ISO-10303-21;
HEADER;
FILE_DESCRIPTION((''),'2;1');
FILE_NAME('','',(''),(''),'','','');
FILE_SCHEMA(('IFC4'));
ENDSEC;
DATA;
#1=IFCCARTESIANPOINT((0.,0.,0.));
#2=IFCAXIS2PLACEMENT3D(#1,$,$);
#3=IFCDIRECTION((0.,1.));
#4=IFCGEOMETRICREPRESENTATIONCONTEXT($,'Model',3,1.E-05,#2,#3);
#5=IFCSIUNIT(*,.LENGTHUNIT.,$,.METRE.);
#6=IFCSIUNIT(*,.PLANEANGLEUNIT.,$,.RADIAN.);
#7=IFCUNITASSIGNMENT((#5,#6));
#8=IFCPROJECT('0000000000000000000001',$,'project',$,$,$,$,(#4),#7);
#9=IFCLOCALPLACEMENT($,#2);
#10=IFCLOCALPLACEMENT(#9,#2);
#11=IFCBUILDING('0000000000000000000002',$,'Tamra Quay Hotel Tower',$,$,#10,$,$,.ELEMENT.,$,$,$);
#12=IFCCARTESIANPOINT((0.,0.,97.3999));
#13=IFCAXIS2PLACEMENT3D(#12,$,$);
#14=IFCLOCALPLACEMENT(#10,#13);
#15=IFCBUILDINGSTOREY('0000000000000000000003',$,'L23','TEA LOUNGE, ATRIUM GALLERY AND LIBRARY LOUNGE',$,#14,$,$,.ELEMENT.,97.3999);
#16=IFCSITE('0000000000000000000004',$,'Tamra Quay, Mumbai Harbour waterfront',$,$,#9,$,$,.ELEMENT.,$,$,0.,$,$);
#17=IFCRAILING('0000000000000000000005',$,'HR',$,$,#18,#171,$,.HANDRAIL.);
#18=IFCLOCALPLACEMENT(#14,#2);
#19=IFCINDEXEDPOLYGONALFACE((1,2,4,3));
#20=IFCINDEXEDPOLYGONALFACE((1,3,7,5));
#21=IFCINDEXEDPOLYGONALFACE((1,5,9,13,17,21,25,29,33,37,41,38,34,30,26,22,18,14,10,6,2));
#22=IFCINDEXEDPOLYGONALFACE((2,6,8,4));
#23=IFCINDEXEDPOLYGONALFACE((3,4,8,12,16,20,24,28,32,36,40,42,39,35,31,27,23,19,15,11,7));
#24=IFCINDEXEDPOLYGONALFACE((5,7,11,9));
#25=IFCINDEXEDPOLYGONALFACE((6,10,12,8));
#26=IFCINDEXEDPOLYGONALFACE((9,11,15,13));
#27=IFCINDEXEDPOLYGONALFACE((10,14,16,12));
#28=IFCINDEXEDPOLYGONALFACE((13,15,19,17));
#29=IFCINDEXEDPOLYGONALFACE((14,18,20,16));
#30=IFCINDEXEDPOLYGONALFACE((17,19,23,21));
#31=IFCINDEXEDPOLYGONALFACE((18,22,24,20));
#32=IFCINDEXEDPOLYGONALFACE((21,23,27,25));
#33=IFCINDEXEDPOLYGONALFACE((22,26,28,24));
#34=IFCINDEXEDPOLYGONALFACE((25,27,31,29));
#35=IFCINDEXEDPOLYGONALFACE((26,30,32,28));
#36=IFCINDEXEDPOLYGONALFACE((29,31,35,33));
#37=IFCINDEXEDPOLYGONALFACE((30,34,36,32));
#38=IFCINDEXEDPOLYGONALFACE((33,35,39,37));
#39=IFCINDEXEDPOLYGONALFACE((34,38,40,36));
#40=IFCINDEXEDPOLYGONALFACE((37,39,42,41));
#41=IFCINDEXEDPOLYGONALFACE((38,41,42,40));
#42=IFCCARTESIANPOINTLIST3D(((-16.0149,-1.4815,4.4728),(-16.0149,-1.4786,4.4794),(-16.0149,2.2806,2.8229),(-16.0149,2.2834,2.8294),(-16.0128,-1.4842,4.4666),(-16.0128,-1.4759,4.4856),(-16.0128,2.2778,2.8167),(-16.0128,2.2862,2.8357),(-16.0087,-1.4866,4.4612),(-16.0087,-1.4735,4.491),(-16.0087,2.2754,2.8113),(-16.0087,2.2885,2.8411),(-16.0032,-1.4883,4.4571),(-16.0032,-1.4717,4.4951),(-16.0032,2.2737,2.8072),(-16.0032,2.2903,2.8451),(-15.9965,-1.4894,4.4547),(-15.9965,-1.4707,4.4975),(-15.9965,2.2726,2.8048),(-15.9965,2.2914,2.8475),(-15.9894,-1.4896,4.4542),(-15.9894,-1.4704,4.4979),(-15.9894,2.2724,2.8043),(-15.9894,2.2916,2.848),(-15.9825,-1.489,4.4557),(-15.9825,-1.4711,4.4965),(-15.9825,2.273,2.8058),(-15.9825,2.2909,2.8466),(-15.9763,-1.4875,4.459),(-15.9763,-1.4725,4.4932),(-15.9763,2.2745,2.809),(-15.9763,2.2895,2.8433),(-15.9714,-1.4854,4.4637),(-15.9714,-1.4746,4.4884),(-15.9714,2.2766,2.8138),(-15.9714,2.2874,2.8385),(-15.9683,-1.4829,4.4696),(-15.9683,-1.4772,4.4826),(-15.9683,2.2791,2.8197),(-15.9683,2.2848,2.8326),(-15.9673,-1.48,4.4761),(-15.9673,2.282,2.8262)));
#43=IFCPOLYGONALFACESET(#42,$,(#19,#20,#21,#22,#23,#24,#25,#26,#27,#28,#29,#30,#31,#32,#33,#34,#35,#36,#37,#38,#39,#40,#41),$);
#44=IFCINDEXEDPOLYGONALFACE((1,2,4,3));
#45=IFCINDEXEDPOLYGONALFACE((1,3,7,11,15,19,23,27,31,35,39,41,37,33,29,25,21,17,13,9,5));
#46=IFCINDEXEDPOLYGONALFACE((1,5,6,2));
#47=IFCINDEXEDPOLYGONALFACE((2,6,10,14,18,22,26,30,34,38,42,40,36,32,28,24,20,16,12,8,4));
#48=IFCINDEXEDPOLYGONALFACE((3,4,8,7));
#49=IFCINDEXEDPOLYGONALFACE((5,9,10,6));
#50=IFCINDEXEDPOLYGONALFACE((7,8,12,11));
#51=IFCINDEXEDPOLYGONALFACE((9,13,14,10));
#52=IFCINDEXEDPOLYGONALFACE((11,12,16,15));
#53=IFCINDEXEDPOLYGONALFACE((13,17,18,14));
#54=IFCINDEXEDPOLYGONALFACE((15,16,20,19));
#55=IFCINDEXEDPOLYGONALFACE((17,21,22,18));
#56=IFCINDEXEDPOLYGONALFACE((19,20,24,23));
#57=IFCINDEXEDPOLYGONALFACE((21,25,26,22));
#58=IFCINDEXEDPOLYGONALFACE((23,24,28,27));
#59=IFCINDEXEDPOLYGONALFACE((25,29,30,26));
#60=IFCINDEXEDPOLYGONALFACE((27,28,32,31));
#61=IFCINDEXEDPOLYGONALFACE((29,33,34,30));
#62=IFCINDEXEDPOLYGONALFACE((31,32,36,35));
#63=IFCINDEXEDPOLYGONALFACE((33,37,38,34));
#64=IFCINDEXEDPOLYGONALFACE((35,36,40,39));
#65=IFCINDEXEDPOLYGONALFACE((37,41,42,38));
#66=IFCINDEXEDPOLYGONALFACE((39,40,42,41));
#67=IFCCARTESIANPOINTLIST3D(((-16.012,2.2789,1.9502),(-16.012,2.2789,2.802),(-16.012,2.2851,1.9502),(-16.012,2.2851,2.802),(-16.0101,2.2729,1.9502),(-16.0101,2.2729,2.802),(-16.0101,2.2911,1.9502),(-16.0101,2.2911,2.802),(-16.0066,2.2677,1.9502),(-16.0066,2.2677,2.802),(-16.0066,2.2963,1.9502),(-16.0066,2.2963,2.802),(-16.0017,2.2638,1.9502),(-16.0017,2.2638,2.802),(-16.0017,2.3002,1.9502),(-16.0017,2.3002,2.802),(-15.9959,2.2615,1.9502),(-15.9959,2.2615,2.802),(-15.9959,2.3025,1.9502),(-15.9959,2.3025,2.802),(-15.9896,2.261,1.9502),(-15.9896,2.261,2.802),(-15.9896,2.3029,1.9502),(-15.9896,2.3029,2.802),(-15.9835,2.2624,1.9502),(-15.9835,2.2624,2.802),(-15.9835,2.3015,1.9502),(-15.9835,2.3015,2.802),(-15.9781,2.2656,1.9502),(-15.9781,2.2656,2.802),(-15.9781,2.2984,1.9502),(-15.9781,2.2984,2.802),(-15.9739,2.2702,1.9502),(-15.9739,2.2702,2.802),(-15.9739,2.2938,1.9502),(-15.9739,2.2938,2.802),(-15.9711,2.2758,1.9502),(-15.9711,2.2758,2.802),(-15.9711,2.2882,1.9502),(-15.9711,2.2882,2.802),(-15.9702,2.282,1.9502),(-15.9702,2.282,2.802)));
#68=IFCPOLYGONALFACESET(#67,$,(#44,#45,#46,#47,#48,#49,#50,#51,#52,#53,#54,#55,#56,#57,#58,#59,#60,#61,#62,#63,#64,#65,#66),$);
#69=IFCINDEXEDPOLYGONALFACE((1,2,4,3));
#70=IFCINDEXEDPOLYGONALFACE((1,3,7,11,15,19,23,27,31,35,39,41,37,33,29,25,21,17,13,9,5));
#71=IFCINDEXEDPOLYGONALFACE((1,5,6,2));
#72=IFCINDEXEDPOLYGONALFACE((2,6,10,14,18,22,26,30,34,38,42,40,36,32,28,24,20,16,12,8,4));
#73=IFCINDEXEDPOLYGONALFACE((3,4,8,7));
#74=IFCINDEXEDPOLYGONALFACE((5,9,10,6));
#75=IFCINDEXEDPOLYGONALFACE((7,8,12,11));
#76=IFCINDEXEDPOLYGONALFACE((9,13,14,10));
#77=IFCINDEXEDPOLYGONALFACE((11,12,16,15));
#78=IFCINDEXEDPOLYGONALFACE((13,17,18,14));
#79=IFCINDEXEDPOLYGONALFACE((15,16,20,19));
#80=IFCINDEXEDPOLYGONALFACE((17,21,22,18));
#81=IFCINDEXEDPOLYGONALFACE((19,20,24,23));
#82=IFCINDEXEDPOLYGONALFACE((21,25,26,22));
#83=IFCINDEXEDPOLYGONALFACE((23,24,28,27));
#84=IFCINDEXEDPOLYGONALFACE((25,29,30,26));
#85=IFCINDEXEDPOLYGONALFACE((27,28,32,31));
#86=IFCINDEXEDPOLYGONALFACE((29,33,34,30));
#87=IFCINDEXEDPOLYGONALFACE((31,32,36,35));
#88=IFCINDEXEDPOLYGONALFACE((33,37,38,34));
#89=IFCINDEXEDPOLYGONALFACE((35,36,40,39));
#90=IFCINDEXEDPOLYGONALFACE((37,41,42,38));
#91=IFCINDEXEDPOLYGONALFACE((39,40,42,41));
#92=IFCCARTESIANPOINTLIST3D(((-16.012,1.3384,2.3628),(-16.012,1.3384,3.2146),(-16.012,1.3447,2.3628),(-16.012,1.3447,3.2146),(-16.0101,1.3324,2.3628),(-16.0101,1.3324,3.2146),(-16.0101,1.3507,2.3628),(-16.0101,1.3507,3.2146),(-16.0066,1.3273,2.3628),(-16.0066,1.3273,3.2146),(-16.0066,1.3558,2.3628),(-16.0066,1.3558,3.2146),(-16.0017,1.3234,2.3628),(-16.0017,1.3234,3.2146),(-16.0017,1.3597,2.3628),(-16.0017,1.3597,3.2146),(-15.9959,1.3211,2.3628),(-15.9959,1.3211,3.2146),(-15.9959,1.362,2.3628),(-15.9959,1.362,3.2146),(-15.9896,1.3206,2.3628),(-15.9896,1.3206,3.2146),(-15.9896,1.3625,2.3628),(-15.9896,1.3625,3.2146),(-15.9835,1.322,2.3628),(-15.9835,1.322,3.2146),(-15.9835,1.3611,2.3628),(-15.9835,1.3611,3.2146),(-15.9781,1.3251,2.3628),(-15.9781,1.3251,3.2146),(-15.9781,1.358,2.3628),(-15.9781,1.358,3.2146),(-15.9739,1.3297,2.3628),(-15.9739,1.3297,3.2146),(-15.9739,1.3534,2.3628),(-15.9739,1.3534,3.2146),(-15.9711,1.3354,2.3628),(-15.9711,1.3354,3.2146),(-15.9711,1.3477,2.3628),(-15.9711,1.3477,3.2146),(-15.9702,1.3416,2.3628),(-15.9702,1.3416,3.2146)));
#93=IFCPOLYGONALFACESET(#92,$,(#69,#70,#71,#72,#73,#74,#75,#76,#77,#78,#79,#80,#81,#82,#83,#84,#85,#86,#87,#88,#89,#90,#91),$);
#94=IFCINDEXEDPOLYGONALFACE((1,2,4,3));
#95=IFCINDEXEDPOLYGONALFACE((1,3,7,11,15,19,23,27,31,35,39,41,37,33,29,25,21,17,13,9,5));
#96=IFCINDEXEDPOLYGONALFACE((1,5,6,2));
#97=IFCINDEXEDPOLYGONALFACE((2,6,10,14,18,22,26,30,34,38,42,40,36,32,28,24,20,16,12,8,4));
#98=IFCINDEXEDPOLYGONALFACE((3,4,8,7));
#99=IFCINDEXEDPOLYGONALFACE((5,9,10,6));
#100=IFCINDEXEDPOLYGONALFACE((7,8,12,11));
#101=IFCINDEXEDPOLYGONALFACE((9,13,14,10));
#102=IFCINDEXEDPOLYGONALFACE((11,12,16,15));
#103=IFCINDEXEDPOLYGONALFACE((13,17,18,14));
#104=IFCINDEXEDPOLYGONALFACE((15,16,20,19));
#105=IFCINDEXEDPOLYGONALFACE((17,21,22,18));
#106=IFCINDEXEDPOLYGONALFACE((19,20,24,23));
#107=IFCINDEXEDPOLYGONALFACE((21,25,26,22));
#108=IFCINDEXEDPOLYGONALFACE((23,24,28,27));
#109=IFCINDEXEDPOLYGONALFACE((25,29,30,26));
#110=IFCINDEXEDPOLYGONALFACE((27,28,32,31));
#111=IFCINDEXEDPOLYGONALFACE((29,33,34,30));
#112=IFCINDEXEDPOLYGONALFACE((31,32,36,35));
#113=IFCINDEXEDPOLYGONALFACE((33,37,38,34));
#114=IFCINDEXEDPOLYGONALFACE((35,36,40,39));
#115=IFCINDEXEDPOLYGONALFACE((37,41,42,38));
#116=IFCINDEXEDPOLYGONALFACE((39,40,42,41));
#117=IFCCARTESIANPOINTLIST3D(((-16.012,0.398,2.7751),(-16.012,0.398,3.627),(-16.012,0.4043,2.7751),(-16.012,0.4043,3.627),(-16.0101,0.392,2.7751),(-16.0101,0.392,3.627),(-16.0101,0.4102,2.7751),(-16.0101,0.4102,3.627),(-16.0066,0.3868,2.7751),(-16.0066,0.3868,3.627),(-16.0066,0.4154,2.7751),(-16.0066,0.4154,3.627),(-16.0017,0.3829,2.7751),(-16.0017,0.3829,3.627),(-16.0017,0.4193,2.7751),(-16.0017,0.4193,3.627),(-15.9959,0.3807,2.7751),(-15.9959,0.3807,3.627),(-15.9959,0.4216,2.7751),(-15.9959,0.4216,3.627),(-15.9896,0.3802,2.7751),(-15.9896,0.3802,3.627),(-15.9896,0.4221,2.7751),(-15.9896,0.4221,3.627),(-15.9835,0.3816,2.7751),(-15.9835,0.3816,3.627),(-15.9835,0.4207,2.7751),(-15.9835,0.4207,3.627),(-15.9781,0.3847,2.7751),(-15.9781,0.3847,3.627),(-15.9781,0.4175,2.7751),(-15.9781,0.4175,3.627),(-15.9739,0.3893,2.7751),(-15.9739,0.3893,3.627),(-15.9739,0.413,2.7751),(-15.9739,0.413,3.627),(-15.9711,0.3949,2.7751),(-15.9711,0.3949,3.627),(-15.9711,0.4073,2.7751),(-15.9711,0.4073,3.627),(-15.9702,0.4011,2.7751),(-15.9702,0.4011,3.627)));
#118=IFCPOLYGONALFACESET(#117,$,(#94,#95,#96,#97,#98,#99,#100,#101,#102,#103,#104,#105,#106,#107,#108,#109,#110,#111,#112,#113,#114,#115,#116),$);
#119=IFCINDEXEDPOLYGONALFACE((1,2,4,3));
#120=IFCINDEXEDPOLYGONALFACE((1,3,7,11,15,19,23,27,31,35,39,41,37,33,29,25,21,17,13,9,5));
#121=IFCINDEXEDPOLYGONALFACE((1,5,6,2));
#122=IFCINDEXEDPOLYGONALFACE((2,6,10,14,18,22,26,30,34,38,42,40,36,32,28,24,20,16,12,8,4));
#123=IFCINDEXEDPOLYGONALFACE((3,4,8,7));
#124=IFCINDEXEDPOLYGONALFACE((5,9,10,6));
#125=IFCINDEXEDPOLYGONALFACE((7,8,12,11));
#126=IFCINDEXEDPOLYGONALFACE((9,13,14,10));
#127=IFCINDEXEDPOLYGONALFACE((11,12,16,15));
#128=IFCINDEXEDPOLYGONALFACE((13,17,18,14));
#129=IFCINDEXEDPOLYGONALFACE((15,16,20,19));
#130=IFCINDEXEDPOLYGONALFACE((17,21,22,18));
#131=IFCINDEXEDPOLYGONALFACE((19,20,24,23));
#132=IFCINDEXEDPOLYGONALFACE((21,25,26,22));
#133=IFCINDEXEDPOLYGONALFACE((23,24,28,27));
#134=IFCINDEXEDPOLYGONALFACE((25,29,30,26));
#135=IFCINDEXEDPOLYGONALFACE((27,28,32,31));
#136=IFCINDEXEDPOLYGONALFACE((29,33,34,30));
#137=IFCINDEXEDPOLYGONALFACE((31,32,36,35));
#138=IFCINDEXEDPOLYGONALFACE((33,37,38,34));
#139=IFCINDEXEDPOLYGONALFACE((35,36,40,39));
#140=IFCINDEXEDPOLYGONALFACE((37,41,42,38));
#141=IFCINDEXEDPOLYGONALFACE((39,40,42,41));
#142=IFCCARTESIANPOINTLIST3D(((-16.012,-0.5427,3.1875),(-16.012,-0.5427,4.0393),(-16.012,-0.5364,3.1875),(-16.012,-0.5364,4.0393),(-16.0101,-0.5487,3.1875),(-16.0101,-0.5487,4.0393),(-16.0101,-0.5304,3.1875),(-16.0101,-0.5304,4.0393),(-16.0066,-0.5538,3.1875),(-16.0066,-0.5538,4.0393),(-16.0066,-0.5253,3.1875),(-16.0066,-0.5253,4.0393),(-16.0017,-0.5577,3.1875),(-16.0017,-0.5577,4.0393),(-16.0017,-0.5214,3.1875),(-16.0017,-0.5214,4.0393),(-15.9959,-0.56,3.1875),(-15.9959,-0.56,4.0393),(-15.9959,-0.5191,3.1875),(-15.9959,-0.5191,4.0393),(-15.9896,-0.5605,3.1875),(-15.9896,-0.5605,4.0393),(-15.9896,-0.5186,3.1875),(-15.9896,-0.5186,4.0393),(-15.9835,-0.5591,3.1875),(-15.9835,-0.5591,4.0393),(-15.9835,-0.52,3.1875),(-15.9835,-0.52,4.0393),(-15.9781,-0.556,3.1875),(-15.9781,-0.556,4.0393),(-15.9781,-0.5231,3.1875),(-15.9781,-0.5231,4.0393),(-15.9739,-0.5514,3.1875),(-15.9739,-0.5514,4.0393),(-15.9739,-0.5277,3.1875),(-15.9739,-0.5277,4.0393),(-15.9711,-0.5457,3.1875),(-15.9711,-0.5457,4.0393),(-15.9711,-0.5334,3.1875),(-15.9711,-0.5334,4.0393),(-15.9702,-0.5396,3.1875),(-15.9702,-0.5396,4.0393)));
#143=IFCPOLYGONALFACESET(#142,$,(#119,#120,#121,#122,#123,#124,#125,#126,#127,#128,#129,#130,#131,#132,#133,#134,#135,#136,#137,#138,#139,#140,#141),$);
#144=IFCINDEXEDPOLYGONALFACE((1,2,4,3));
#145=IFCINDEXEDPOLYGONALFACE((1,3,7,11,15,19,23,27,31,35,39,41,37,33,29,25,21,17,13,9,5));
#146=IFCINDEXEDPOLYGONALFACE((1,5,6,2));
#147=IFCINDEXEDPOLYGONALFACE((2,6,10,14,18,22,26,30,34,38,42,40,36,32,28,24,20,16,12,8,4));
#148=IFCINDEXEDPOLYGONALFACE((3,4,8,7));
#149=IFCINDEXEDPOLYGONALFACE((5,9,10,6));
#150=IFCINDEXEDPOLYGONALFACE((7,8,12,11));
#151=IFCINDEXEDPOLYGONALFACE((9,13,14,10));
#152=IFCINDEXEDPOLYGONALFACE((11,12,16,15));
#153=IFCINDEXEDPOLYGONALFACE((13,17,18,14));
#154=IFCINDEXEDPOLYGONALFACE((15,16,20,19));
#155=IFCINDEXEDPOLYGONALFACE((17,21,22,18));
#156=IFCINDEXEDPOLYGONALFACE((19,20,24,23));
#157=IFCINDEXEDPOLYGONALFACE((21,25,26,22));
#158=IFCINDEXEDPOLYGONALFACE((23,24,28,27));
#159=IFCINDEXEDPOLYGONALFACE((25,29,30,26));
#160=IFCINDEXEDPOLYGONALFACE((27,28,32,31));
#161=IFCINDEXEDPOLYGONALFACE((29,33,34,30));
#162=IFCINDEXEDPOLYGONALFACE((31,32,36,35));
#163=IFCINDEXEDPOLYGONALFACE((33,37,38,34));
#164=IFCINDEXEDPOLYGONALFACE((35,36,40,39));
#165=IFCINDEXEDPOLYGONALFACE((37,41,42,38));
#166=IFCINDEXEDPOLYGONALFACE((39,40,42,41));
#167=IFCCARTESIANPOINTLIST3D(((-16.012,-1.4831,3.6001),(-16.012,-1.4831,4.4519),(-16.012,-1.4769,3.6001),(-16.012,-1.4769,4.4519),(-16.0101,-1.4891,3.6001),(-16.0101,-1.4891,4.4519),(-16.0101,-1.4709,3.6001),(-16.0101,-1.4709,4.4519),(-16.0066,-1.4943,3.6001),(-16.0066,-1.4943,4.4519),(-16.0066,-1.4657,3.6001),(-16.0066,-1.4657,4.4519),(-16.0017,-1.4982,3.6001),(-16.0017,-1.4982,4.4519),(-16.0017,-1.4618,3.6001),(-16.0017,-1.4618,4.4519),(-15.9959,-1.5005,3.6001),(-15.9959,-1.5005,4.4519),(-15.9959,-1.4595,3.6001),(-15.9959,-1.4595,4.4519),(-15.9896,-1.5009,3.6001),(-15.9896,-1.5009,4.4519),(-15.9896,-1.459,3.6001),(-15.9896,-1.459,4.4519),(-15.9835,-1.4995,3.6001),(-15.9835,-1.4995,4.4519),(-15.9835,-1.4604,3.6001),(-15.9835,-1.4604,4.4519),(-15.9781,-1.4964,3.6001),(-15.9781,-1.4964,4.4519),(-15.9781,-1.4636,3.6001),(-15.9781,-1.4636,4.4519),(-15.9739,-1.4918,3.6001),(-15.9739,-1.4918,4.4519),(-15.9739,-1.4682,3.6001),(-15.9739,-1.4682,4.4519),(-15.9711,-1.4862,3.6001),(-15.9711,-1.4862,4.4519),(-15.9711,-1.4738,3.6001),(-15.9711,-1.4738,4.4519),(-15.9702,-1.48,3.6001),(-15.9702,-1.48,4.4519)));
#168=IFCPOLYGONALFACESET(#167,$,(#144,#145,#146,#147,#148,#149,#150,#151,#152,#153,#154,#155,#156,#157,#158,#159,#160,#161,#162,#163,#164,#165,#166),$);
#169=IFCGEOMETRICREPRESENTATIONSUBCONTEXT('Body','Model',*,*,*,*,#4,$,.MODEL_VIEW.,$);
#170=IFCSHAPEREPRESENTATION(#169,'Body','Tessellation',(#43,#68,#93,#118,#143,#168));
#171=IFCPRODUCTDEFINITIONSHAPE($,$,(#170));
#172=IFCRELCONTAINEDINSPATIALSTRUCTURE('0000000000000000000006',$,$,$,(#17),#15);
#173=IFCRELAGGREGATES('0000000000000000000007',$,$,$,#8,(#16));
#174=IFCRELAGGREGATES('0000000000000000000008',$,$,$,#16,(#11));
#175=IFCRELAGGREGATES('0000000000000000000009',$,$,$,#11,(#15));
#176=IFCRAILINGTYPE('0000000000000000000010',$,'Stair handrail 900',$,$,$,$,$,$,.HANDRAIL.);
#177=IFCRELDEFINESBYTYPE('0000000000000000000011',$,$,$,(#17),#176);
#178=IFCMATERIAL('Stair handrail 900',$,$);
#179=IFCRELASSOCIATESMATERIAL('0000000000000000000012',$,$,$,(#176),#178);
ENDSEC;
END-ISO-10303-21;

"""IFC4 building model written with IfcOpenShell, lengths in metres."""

from ifc_helpers import new_model, si_unit, direction, frame, origin, origin_2d, place, context, subcontext, project, spatial, circle, extrude, material, type_object, element, save


model = new_model("IFC4")

# Units and contexts
model_context = context("Model", 3, precision=1e-05, world=origin(), true_north=direction((0.0, 1.0)))
body_context = subcontext(model_context, "Body", "Model", "MODEL_VIEW")
ifc_project = project(units=[si_unit("LENGTHUNIT", "METRE"), si_unit("PLANEANGLEUNIT", "RADIAN")], contexts=[model_context])

# Site, building, storey
site_placement = place(None, origin())
site = spatial("IfcSite", under=ifc_project, at=site_placement, Name="Tamra Quay, Mumbai Harbour waterfront", CompositionType="ELEMENT", RefElevation=0.0)
building_placement = place(site_placement, origin())
building = spatial("IfcBuilding", under=site, at=building_placement, Name="Tamra Quay Hotel Tower", CompositionType="ELEMENT")
storey_placement = place(building_placement, frame((0.0, 0.0, 97.3999)))
storey = spatial("IfcBuildingStorey", under=building, at=storey_placement, Name="L23", Description="TEA LOUNGE, ATRIUM GALLERY AND LIBRARY LOUNGE", CompositionType="ELEMENT", Elevation=97.3999)

# Railing
ifc_material_1 = material(Name="Stair handrail 900")
railing_type = type_object("IfcRailingType", Name="Stair handrail 900", PredefinedType="HANDRAIL", material=ifc_material_1)
railing_placement = place(storey_placement, frame((-15.9912, 2.282, 1.9502)))
element("IfcRailing", 1, at=railing_placement, inside=storey, type_object=railing_type, Name="HR", PredefinedType="HANDRAIL", context=body_context, shape_type="SweptSolid", body=[
    extrude(circle(Radius=0.0239, at=origin_2d()), frame((0.0, 0.0, 0.876), z_axis=(0.0, -0.915795, 0.401645), x_axis=(1.0, 0.0, 0.0)), (0.0, 0.0, 1.0), 4.1079),
    extrude(circle(Radius=0.021, at=origin_2d()), origin(), (0.0, 0.0, 1.0), 0.8518),
    extrude(circle(Radius=0.021, at=origin_2d()), frame((0.0, -0.9404, 0.4126)), (0.0, 0.0, 1.0), 0.8518),
    extrude(circle(Radius=0.021, at=origin_2d()), frame((0.0, -1.8809, 0.825)), (0.0, 0.0, 1.0), 0.8518),
    extrude(circle(Radius=0.021, at=origin_2d()), frame((0.0, -2.8215, 1.2373)), (0.0, 0.0, 1.0), 0.8518),
    extrude(circle(Radius=0.021, at=origin_2d()), frame((0.0, -3.762, 1.6499)), (0.0, 0.0, 1.0), 0.8518),
])

save(model, "model.ifc")
